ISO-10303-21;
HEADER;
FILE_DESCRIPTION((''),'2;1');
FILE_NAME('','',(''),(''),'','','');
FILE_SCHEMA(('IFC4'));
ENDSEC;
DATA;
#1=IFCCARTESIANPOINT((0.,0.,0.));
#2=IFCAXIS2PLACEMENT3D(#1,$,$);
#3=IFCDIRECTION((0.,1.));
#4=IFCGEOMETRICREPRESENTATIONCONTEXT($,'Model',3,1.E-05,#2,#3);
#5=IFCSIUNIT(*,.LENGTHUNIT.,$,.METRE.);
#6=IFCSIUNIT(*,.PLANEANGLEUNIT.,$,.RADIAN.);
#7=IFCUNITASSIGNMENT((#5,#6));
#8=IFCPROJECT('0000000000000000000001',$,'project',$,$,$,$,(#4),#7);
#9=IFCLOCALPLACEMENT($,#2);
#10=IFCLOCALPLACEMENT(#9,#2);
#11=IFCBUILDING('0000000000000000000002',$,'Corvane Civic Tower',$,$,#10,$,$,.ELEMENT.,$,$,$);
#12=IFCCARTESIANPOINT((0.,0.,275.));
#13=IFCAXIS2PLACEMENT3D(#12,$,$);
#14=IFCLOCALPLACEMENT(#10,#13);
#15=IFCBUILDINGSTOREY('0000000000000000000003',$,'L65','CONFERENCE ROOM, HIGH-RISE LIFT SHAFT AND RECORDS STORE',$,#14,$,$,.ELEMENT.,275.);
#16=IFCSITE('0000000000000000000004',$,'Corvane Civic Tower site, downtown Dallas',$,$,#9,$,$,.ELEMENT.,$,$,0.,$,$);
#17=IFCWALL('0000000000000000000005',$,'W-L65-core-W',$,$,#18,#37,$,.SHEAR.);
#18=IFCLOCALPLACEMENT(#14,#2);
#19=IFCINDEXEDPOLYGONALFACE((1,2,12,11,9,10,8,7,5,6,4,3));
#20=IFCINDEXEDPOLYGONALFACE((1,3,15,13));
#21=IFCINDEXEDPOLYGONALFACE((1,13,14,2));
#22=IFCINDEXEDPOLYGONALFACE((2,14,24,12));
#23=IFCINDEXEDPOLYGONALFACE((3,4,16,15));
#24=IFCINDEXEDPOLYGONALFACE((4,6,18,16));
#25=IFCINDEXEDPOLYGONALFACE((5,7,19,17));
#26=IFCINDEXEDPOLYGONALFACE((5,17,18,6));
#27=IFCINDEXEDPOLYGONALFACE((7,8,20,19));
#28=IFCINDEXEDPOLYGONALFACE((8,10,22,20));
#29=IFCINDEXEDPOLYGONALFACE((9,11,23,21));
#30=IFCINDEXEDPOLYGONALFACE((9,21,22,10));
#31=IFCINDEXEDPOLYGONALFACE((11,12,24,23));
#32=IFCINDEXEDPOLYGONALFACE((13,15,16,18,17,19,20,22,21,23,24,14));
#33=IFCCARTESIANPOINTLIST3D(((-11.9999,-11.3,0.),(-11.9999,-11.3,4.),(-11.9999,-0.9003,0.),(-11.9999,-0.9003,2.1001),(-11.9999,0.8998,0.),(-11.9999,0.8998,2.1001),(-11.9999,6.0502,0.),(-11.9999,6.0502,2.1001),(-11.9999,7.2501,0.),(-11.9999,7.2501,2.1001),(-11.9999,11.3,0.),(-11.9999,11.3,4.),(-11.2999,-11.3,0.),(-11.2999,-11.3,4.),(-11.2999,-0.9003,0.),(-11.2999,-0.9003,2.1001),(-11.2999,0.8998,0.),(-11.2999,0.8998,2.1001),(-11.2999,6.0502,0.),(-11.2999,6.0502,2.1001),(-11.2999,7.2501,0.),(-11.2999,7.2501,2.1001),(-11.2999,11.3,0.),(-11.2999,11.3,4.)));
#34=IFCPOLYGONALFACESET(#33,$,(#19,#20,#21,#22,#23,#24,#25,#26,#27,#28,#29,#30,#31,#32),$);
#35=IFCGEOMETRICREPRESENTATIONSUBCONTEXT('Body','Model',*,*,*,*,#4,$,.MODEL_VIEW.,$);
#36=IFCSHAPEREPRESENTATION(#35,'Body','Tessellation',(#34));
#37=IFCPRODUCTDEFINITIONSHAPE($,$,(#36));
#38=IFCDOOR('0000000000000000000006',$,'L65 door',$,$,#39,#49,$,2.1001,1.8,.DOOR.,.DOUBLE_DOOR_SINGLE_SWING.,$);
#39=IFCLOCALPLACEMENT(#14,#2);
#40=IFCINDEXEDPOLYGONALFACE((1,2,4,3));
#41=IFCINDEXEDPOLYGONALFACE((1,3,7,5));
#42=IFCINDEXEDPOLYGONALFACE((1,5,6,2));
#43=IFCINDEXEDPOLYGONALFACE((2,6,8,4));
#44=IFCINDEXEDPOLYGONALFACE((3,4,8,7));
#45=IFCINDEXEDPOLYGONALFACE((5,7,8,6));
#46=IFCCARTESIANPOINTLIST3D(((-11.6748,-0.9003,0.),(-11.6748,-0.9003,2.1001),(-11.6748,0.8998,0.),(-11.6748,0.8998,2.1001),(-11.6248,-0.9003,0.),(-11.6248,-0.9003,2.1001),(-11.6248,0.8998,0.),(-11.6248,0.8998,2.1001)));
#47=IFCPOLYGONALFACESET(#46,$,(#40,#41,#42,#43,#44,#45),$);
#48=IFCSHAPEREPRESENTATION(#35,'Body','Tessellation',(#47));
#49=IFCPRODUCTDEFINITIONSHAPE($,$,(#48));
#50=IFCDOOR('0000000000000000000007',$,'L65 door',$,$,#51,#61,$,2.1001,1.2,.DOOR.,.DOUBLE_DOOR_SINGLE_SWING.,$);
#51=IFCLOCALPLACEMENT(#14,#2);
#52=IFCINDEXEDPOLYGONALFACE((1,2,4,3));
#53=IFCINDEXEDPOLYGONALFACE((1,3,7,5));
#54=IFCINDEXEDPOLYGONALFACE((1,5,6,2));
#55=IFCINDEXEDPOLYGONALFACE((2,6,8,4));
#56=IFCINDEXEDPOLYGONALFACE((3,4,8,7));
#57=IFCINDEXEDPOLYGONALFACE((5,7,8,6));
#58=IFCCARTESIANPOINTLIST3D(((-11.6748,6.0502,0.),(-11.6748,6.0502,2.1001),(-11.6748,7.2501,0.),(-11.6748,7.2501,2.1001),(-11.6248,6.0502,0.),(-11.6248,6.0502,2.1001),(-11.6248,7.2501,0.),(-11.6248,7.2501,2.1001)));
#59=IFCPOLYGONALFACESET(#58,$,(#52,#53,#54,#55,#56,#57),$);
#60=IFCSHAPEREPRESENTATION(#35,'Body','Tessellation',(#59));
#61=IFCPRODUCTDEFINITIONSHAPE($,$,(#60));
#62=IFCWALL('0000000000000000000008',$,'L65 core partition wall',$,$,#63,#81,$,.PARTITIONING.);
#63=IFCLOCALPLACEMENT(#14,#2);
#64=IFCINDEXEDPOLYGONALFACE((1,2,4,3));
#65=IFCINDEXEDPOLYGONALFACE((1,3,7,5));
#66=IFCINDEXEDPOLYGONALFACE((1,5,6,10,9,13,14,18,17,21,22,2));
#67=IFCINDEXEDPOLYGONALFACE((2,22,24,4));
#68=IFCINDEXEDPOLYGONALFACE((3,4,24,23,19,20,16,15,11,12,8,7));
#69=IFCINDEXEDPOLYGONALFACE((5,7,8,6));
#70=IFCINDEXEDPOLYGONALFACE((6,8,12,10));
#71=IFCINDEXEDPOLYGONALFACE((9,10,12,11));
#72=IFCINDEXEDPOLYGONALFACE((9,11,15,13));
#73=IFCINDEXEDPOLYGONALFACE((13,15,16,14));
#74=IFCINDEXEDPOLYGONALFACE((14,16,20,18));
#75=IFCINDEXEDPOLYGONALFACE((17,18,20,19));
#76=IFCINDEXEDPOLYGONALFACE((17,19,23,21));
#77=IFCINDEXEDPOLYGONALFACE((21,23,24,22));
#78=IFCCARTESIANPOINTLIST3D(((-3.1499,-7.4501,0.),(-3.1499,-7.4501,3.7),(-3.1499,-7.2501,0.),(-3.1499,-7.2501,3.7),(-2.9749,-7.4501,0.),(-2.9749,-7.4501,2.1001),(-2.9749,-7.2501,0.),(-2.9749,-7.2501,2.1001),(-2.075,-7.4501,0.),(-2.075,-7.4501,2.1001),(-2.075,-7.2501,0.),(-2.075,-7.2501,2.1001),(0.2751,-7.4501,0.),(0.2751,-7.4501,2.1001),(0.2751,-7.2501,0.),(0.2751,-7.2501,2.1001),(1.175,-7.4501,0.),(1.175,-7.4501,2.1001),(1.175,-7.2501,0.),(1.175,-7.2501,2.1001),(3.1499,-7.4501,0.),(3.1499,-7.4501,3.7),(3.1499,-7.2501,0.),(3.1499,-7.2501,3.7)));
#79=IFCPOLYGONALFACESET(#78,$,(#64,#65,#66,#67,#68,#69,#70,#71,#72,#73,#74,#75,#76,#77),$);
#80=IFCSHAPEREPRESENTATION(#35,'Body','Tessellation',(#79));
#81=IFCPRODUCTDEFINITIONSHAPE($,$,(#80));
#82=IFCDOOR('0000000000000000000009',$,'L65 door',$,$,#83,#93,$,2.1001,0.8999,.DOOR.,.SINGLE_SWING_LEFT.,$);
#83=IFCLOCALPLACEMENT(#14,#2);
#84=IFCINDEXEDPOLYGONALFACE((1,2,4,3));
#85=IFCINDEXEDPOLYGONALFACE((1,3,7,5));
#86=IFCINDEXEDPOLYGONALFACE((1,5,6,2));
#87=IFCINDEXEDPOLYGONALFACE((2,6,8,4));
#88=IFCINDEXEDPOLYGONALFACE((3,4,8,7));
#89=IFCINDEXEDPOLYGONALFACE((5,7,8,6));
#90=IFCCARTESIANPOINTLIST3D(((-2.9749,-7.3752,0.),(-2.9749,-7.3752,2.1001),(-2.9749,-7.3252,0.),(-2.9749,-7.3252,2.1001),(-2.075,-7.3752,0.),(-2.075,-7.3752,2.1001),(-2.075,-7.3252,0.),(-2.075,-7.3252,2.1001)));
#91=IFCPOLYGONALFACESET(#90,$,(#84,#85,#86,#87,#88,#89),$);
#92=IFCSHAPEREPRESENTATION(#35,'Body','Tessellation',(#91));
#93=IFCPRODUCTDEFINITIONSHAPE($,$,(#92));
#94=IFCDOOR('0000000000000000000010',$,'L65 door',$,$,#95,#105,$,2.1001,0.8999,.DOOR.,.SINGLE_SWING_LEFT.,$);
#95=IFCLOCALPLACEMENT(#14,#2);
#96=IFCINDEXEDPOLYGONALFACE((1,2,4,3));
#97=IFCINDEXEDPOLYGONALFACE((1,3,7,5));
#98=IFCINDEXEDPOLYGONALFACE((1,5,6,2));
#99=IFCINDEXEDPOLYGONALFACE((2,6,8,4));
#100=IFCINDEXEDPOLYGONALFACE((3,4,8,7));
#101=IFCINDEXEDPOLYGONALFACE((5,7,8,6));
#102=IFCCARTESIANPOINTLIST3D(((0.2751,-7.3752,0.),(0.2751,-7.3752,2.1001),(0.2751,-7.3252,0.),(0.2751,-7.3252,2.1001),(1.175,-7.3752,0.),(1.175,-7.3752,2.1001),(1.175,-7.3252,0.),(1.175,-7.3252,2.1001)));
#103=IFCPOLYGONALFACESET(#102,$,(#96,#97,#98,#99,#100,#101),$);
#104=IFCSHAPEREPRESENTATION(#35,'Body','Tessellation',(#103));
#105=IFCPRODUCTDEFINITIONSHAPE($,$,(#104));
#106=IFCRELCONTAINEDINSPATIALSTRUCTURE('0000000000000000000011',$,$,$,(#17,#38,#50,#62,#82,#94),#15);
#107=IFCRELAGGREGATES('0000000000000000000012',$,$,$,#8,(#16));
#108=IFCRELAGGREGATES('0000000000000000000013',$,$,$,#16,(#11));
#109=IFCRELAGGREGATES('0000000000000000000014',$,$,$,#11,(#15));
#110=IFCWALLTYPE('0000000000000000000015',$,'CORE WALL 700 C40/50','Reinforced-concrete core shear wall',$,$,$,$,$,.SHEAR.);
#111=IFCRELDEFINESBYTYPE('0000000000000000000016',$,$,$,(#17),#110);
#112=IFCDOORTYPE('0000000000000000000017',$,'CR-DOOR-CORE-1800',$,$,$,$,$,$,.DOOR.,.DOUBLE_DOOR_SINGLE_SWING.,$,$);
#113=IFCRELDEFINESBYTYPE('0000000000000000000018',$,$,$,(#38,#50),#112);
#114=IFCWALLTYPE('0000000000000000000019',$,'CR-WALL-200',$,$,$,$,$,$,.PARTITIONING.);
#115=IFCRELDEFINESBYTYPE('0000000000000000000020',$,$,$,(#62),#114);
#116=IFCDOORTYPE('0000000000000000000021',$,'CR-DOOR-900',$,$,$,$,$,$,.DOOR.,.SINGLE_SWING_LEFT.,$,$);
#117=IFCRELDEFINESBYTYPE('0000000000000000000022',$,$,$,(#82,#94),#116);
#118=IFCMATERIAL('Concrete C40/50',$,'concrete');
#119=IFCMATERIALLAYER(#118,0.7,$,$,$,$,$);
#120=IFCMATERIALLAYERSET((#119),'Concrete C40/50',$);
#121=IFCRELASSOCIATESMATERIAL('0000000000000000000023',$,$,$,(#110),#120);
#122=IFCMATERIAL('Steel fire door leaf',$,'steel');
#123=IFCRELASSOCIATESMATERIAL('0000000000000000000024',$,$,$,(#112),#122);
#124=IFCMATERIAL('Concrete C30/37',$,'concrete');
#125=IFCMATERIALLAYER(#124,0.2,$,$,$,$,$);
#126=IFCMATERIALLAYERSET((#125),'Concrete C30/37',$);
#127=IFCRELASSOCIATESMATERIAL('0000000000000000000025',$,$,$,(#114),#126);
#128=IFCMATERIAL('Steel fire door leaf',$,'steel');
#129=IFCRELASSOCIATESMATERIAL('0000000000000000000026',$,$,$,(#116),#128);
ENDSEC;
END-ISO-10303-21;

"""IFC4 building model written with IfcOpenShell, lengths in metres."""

from ifc_helpers import new_model, si_unit, direction, frame, frame_2d, origin, place, context, subcontext, project, spatial, rectangle, extrude, material, layer, layer_set, type_object, element, fill, save


model = new_model("IFC4")

# Units and contexts
model_context = context("Model", 3, precision=1e-05, world=origin(), true_north=direction((0.0, 1.0)))
body_context = subcontext(model_context, "Body", "Model", "MODEL_VIEW")
ifc_project = project(units=[si_unit("LENGTHUNIT", "METRE"), si_unit("PLANEANGLEUNIT", "RADIAN")], contexts=[model_context])

# Site, building, storey
site_placement = place(None, origin())
site = spatial("IfcSite", under=ifc_project, at=site_placement, Name="Corvane Civic Tower site, downtown Dallas", CompositionType="ELEMENT", RefElevation=0.0)
building_placement = place(site_placement, origin())
building = spatial("IfcBuilding", under=site, at=building_placement, Name="Corvane Civic Tower", CompositionType="ELEMENT")
storey_placement = place(building_placement, frame((0.0, 0.0, 275.0)))
storey = spatial("IfcBuildingStorey", under=building, at=storey_placement, Name="L65", Description="CONFERENCE ROOM, HIGH-RISE LIFT SHAFT AND RECORDS STORE", CompositionType="ELEMENT", Elevation=275.0)

# Walls, openings, doors
ifc_material_1 = material(Name="Concrete C40/50", Category="concrete")
ifc_layer_1 = layer(ifc_material_1, 0.7)
ifc_layer_set_1 = layer_set([ifc_layer_1], Name="Concrete C40/50")
wall_type_1 = type_object("IfcWallType", Name="CORE WALL 700 C40/50", Description="Reinforced-concrete core shear wall", PredefinedType="SHEAR", material=ifc_layer_set_1)
wall_1_placement = place(storey_placement, frame((-11.6499, -11.3, 0.0), z_axis=(0.0, 0.0, 1.0), x_axis=(0.0, 1.0, 0.0)))
wall_1 = element("IfcWall", 1, at=wall_1_placement, inside=storey, type_object=wall_type_1, Name="W-L65-core-W", PredefinedType="SHEAR", context=body_context, shape_type="SweptSolid", body=[
    extrude(rectangle(XDim=22.6001, YDim=0.7, at=frame_2d((11.3, 0.0))), origin(), (0.0, 0.0, 1.0), 4.0),
])
opening_1_placement = place(wall_1_placement, frame((10.3999, 0.0, 0.0)))
opening_1 = element("IfcOpeningElement", 2, at=opening_1_placement, cuts=wall_1, PredefinedType="OPENING", context=body_context, shape_type="SweptSolid", body=[
    extrude(rectangle(XDim=1.8, YDim=2.1001, at=frame_2d((0.8999, 1.05))), frame((0.0, 0.3599, 0.0), z_axis=(0.0, -1.0, 0.0), x_axis=(1.0, 0.0, 0.0)), (0.0, 0.0, 1.0), 0.72),
])
opening_2_placement = place(wall_1_placement, frame((17.3501, 0.0, 0.0)))
opening_2 = element("IfcOpeningElement", 3, at=opening_2_placement, cuts=wall_1, PredefinedType="OPENING", context=body_context, shape_type="SweptSolid", body=[
    extrude(rectangle(XDim=1.2, YDim=2.1001, at=frame_2d((0.6001, 1.05))), frame((0.0, 0.3599, 0.0), z_axis=(0.0, -1.0, 0.0), x_axis=(1.0, 0.0, 0.0)), (0.0, 0.0, 1.0), 0.72),
])
ifc_material_2 = material(Name="Steel fire door leaf", Category="steel")
door_type_1 = type_object("IfcDoorType", Name="CR-DOOR-CORE-1800", OperationType="DOUBLE_DOOR_SINGLE_SWING", PredefinedType="DOOR", material=ifc_material_2)
door_1_placement = place(opening_1_placement, origin())
door_1 = element("IfcDoor", 4, at=door_1_placement, inside=storey, type_object=door_type_1, Name="L65 door", OperationType="DOUBLE_DOOR_SINGLE_SWING", OverallHeight=2.1001, OverallWidth=1.8, PredefinedType="DOOR", context=body_context, shape_type="SweptSolid", body=[
    extrude(rectangle(XDim=1.8, YDim=2.1001, at=frame_2d((0.8999, 1.05))), frame((0.0, 0.0249, 0.0), z_axis=(0.0, -1.0, 0.0), x_axis=(1.0, 0.0, 0.0)), (0.0, 0.0, 1.0), 0.05),
])
fill(opening_1, door_1)
door_2_placement = place(opening_2_placement, origin())
door_2 = element("IfcDoor", 5, at=door_2_placement, inside=storey, type_object=door_type_1, Name="L65 door", OperationType="DOUBLE_DOOR_SINGLE_SWING", OverallHeight=2.1001, OverallWidth=1.2, PredefinedType="DOOR", context=body_context, shape_type="SweptSolid", body=[
    extrude(rectangle(XDim=1.2, YDim=2.1001, at=frame_2d((0.6001, 1.05))), frame((0.0, 0.0249, 0.0), z_axis=(0.0, -1.0, 0.0), x_axis=(1.0, 0.0, 0.0)), (0.0, 0.0, 1.0), 0.05),
])
fill(opening_2, door_2)
ifc_material_3 = material(Name="Concrete C30/37", Category="concrete")
ifc_layer_2 = layer(ifc_material_3, 0.2)
ifc_layer_set_2 = layer_set([ifc_layer_2], Name="Concrete C30/37")
wall_type_2 = type_object("IfcWallType", Name="CR-WALL-200", PredefinedType="PARTITIONING", material=ifc_layer_set_2)
wall_2_placement = place(storey_placement, frame((-3.1499, -7.3501, 0.0), z_axis=(0.0, 0.0, 1.0), x_axis=(1.0, 0.0, 0.0)))
wall_2 = element("IfcWall", 6, at=wall_2_placement, inside=storey, type_object=wall_type_2, Name="L65 core partition wall", PredefinedType="PARTITIONING", context=body_context, shape_type="SweptSolid", body=[
    extrude(rectangle(XDim=6.2998, YDim=0.2, at=frame_2d((3.1499, 0.0))), origin(), (0.0, 0.0, 1.0), 3.7),
])
opening_3_placement = place(wall_2_placement, frame((0.175, 0.0, 0.0)))
opening_3 = element("IfcOpeningElement", 7, at=opening_3_placement, cuts=wall_2, PredefinedType="OPENING", context=body_context, shape_type="SweptSolid", body=[
    extrude(rectangle(XDim=0.8999, YDim=2.1001, at=frame_2d((0.45, 1.05))), frame((0.0, 0.1099, 0.0), z_axis=(0.0, -1.0, 0.0), x_axis=(1.0, 0.0, 0.0)), (0.0, 0.0, 1.0), 0.22),
])
opening_4_placement = place(wall_2_placement, frame((3.425, 0.0, 0.0)))
opening_4 = element("IfcOpeningElement", 8, at=opening_4_placement, cuts=wall_2, PredefinedType="OPENING", context=body_context, shape_type="SweptSolid", body=[
    extrude(rectangle(XDim=0.8999, YDim=2.1001, at=frame_2d((0.45, 1.05))), frame((0.0, 0.1099, 0.0), z_axis=(0.0, -1.0, 0.0), x_axis=(1.0, 0.0, 0.0)), (0.0, 0.0, 1.0), 0.22),
])
ifc_material_4 = material(Name="Steel fire door leaf", Category="steel")
door_type_2 = type_object("IfcDoorType", Name="CR-DOOR-900", OperationType="SINGLE_SWING_LEFT", PredefinedType="DOOR", material=ifc_material_4)
door_3_placement = place(opening_3_placement, origin())
door_3 = element("IfcDoor", 9, at=door_3_placement, inside=storey, type_object=door_type_2, Name="L65 door", OperationType="SINGLE_SWING_LEFT", OverallHeight=2.1001, OverallWidth=0.8999, PredefinedType="DOOR", context=body_context, shape_type="SweptSolid", body=[
    extrude(rectangle(XDim=0.8999, YDim=2.1001, at=frame_2d((0.45, 1.05))), frame((0.0, 0.0249, 0.0), z_axis=(0.0, -1.0, 0.0), x_axis=(1.0, 0.0, 0.0)), (0.0, 0.0, 1.0), 0.05),
])
fill(opening_3, door_3)
door_4_placement = place(opening_4_placement, origin())
door_4 = element("IfcDoor", 10, at=door_4_placement, inside=storey, type_object=door_type_2, Name="L65 door", OperationType="SINGLE_SWING_LEFT", OverallHeight=2.1001, OverallWidth=0.8999, PredefinedType="DOOR", context=body_context, shape_type="SweptSolid", body=[
    extrude(rectangle(XDim=0.8999, YDim=2.1001, at=frame_2d((0.45, 1.05))), frame((0.0, 0.0249, 0.0), z_axis=(0.0, -1.0, 0.0), x_axis=(1.0, 0.0, 0.0)), (0.0, 0.0, 1.0), 0.05),
])
fill(opening_4, door_4)

save(model, "model.ifc")
